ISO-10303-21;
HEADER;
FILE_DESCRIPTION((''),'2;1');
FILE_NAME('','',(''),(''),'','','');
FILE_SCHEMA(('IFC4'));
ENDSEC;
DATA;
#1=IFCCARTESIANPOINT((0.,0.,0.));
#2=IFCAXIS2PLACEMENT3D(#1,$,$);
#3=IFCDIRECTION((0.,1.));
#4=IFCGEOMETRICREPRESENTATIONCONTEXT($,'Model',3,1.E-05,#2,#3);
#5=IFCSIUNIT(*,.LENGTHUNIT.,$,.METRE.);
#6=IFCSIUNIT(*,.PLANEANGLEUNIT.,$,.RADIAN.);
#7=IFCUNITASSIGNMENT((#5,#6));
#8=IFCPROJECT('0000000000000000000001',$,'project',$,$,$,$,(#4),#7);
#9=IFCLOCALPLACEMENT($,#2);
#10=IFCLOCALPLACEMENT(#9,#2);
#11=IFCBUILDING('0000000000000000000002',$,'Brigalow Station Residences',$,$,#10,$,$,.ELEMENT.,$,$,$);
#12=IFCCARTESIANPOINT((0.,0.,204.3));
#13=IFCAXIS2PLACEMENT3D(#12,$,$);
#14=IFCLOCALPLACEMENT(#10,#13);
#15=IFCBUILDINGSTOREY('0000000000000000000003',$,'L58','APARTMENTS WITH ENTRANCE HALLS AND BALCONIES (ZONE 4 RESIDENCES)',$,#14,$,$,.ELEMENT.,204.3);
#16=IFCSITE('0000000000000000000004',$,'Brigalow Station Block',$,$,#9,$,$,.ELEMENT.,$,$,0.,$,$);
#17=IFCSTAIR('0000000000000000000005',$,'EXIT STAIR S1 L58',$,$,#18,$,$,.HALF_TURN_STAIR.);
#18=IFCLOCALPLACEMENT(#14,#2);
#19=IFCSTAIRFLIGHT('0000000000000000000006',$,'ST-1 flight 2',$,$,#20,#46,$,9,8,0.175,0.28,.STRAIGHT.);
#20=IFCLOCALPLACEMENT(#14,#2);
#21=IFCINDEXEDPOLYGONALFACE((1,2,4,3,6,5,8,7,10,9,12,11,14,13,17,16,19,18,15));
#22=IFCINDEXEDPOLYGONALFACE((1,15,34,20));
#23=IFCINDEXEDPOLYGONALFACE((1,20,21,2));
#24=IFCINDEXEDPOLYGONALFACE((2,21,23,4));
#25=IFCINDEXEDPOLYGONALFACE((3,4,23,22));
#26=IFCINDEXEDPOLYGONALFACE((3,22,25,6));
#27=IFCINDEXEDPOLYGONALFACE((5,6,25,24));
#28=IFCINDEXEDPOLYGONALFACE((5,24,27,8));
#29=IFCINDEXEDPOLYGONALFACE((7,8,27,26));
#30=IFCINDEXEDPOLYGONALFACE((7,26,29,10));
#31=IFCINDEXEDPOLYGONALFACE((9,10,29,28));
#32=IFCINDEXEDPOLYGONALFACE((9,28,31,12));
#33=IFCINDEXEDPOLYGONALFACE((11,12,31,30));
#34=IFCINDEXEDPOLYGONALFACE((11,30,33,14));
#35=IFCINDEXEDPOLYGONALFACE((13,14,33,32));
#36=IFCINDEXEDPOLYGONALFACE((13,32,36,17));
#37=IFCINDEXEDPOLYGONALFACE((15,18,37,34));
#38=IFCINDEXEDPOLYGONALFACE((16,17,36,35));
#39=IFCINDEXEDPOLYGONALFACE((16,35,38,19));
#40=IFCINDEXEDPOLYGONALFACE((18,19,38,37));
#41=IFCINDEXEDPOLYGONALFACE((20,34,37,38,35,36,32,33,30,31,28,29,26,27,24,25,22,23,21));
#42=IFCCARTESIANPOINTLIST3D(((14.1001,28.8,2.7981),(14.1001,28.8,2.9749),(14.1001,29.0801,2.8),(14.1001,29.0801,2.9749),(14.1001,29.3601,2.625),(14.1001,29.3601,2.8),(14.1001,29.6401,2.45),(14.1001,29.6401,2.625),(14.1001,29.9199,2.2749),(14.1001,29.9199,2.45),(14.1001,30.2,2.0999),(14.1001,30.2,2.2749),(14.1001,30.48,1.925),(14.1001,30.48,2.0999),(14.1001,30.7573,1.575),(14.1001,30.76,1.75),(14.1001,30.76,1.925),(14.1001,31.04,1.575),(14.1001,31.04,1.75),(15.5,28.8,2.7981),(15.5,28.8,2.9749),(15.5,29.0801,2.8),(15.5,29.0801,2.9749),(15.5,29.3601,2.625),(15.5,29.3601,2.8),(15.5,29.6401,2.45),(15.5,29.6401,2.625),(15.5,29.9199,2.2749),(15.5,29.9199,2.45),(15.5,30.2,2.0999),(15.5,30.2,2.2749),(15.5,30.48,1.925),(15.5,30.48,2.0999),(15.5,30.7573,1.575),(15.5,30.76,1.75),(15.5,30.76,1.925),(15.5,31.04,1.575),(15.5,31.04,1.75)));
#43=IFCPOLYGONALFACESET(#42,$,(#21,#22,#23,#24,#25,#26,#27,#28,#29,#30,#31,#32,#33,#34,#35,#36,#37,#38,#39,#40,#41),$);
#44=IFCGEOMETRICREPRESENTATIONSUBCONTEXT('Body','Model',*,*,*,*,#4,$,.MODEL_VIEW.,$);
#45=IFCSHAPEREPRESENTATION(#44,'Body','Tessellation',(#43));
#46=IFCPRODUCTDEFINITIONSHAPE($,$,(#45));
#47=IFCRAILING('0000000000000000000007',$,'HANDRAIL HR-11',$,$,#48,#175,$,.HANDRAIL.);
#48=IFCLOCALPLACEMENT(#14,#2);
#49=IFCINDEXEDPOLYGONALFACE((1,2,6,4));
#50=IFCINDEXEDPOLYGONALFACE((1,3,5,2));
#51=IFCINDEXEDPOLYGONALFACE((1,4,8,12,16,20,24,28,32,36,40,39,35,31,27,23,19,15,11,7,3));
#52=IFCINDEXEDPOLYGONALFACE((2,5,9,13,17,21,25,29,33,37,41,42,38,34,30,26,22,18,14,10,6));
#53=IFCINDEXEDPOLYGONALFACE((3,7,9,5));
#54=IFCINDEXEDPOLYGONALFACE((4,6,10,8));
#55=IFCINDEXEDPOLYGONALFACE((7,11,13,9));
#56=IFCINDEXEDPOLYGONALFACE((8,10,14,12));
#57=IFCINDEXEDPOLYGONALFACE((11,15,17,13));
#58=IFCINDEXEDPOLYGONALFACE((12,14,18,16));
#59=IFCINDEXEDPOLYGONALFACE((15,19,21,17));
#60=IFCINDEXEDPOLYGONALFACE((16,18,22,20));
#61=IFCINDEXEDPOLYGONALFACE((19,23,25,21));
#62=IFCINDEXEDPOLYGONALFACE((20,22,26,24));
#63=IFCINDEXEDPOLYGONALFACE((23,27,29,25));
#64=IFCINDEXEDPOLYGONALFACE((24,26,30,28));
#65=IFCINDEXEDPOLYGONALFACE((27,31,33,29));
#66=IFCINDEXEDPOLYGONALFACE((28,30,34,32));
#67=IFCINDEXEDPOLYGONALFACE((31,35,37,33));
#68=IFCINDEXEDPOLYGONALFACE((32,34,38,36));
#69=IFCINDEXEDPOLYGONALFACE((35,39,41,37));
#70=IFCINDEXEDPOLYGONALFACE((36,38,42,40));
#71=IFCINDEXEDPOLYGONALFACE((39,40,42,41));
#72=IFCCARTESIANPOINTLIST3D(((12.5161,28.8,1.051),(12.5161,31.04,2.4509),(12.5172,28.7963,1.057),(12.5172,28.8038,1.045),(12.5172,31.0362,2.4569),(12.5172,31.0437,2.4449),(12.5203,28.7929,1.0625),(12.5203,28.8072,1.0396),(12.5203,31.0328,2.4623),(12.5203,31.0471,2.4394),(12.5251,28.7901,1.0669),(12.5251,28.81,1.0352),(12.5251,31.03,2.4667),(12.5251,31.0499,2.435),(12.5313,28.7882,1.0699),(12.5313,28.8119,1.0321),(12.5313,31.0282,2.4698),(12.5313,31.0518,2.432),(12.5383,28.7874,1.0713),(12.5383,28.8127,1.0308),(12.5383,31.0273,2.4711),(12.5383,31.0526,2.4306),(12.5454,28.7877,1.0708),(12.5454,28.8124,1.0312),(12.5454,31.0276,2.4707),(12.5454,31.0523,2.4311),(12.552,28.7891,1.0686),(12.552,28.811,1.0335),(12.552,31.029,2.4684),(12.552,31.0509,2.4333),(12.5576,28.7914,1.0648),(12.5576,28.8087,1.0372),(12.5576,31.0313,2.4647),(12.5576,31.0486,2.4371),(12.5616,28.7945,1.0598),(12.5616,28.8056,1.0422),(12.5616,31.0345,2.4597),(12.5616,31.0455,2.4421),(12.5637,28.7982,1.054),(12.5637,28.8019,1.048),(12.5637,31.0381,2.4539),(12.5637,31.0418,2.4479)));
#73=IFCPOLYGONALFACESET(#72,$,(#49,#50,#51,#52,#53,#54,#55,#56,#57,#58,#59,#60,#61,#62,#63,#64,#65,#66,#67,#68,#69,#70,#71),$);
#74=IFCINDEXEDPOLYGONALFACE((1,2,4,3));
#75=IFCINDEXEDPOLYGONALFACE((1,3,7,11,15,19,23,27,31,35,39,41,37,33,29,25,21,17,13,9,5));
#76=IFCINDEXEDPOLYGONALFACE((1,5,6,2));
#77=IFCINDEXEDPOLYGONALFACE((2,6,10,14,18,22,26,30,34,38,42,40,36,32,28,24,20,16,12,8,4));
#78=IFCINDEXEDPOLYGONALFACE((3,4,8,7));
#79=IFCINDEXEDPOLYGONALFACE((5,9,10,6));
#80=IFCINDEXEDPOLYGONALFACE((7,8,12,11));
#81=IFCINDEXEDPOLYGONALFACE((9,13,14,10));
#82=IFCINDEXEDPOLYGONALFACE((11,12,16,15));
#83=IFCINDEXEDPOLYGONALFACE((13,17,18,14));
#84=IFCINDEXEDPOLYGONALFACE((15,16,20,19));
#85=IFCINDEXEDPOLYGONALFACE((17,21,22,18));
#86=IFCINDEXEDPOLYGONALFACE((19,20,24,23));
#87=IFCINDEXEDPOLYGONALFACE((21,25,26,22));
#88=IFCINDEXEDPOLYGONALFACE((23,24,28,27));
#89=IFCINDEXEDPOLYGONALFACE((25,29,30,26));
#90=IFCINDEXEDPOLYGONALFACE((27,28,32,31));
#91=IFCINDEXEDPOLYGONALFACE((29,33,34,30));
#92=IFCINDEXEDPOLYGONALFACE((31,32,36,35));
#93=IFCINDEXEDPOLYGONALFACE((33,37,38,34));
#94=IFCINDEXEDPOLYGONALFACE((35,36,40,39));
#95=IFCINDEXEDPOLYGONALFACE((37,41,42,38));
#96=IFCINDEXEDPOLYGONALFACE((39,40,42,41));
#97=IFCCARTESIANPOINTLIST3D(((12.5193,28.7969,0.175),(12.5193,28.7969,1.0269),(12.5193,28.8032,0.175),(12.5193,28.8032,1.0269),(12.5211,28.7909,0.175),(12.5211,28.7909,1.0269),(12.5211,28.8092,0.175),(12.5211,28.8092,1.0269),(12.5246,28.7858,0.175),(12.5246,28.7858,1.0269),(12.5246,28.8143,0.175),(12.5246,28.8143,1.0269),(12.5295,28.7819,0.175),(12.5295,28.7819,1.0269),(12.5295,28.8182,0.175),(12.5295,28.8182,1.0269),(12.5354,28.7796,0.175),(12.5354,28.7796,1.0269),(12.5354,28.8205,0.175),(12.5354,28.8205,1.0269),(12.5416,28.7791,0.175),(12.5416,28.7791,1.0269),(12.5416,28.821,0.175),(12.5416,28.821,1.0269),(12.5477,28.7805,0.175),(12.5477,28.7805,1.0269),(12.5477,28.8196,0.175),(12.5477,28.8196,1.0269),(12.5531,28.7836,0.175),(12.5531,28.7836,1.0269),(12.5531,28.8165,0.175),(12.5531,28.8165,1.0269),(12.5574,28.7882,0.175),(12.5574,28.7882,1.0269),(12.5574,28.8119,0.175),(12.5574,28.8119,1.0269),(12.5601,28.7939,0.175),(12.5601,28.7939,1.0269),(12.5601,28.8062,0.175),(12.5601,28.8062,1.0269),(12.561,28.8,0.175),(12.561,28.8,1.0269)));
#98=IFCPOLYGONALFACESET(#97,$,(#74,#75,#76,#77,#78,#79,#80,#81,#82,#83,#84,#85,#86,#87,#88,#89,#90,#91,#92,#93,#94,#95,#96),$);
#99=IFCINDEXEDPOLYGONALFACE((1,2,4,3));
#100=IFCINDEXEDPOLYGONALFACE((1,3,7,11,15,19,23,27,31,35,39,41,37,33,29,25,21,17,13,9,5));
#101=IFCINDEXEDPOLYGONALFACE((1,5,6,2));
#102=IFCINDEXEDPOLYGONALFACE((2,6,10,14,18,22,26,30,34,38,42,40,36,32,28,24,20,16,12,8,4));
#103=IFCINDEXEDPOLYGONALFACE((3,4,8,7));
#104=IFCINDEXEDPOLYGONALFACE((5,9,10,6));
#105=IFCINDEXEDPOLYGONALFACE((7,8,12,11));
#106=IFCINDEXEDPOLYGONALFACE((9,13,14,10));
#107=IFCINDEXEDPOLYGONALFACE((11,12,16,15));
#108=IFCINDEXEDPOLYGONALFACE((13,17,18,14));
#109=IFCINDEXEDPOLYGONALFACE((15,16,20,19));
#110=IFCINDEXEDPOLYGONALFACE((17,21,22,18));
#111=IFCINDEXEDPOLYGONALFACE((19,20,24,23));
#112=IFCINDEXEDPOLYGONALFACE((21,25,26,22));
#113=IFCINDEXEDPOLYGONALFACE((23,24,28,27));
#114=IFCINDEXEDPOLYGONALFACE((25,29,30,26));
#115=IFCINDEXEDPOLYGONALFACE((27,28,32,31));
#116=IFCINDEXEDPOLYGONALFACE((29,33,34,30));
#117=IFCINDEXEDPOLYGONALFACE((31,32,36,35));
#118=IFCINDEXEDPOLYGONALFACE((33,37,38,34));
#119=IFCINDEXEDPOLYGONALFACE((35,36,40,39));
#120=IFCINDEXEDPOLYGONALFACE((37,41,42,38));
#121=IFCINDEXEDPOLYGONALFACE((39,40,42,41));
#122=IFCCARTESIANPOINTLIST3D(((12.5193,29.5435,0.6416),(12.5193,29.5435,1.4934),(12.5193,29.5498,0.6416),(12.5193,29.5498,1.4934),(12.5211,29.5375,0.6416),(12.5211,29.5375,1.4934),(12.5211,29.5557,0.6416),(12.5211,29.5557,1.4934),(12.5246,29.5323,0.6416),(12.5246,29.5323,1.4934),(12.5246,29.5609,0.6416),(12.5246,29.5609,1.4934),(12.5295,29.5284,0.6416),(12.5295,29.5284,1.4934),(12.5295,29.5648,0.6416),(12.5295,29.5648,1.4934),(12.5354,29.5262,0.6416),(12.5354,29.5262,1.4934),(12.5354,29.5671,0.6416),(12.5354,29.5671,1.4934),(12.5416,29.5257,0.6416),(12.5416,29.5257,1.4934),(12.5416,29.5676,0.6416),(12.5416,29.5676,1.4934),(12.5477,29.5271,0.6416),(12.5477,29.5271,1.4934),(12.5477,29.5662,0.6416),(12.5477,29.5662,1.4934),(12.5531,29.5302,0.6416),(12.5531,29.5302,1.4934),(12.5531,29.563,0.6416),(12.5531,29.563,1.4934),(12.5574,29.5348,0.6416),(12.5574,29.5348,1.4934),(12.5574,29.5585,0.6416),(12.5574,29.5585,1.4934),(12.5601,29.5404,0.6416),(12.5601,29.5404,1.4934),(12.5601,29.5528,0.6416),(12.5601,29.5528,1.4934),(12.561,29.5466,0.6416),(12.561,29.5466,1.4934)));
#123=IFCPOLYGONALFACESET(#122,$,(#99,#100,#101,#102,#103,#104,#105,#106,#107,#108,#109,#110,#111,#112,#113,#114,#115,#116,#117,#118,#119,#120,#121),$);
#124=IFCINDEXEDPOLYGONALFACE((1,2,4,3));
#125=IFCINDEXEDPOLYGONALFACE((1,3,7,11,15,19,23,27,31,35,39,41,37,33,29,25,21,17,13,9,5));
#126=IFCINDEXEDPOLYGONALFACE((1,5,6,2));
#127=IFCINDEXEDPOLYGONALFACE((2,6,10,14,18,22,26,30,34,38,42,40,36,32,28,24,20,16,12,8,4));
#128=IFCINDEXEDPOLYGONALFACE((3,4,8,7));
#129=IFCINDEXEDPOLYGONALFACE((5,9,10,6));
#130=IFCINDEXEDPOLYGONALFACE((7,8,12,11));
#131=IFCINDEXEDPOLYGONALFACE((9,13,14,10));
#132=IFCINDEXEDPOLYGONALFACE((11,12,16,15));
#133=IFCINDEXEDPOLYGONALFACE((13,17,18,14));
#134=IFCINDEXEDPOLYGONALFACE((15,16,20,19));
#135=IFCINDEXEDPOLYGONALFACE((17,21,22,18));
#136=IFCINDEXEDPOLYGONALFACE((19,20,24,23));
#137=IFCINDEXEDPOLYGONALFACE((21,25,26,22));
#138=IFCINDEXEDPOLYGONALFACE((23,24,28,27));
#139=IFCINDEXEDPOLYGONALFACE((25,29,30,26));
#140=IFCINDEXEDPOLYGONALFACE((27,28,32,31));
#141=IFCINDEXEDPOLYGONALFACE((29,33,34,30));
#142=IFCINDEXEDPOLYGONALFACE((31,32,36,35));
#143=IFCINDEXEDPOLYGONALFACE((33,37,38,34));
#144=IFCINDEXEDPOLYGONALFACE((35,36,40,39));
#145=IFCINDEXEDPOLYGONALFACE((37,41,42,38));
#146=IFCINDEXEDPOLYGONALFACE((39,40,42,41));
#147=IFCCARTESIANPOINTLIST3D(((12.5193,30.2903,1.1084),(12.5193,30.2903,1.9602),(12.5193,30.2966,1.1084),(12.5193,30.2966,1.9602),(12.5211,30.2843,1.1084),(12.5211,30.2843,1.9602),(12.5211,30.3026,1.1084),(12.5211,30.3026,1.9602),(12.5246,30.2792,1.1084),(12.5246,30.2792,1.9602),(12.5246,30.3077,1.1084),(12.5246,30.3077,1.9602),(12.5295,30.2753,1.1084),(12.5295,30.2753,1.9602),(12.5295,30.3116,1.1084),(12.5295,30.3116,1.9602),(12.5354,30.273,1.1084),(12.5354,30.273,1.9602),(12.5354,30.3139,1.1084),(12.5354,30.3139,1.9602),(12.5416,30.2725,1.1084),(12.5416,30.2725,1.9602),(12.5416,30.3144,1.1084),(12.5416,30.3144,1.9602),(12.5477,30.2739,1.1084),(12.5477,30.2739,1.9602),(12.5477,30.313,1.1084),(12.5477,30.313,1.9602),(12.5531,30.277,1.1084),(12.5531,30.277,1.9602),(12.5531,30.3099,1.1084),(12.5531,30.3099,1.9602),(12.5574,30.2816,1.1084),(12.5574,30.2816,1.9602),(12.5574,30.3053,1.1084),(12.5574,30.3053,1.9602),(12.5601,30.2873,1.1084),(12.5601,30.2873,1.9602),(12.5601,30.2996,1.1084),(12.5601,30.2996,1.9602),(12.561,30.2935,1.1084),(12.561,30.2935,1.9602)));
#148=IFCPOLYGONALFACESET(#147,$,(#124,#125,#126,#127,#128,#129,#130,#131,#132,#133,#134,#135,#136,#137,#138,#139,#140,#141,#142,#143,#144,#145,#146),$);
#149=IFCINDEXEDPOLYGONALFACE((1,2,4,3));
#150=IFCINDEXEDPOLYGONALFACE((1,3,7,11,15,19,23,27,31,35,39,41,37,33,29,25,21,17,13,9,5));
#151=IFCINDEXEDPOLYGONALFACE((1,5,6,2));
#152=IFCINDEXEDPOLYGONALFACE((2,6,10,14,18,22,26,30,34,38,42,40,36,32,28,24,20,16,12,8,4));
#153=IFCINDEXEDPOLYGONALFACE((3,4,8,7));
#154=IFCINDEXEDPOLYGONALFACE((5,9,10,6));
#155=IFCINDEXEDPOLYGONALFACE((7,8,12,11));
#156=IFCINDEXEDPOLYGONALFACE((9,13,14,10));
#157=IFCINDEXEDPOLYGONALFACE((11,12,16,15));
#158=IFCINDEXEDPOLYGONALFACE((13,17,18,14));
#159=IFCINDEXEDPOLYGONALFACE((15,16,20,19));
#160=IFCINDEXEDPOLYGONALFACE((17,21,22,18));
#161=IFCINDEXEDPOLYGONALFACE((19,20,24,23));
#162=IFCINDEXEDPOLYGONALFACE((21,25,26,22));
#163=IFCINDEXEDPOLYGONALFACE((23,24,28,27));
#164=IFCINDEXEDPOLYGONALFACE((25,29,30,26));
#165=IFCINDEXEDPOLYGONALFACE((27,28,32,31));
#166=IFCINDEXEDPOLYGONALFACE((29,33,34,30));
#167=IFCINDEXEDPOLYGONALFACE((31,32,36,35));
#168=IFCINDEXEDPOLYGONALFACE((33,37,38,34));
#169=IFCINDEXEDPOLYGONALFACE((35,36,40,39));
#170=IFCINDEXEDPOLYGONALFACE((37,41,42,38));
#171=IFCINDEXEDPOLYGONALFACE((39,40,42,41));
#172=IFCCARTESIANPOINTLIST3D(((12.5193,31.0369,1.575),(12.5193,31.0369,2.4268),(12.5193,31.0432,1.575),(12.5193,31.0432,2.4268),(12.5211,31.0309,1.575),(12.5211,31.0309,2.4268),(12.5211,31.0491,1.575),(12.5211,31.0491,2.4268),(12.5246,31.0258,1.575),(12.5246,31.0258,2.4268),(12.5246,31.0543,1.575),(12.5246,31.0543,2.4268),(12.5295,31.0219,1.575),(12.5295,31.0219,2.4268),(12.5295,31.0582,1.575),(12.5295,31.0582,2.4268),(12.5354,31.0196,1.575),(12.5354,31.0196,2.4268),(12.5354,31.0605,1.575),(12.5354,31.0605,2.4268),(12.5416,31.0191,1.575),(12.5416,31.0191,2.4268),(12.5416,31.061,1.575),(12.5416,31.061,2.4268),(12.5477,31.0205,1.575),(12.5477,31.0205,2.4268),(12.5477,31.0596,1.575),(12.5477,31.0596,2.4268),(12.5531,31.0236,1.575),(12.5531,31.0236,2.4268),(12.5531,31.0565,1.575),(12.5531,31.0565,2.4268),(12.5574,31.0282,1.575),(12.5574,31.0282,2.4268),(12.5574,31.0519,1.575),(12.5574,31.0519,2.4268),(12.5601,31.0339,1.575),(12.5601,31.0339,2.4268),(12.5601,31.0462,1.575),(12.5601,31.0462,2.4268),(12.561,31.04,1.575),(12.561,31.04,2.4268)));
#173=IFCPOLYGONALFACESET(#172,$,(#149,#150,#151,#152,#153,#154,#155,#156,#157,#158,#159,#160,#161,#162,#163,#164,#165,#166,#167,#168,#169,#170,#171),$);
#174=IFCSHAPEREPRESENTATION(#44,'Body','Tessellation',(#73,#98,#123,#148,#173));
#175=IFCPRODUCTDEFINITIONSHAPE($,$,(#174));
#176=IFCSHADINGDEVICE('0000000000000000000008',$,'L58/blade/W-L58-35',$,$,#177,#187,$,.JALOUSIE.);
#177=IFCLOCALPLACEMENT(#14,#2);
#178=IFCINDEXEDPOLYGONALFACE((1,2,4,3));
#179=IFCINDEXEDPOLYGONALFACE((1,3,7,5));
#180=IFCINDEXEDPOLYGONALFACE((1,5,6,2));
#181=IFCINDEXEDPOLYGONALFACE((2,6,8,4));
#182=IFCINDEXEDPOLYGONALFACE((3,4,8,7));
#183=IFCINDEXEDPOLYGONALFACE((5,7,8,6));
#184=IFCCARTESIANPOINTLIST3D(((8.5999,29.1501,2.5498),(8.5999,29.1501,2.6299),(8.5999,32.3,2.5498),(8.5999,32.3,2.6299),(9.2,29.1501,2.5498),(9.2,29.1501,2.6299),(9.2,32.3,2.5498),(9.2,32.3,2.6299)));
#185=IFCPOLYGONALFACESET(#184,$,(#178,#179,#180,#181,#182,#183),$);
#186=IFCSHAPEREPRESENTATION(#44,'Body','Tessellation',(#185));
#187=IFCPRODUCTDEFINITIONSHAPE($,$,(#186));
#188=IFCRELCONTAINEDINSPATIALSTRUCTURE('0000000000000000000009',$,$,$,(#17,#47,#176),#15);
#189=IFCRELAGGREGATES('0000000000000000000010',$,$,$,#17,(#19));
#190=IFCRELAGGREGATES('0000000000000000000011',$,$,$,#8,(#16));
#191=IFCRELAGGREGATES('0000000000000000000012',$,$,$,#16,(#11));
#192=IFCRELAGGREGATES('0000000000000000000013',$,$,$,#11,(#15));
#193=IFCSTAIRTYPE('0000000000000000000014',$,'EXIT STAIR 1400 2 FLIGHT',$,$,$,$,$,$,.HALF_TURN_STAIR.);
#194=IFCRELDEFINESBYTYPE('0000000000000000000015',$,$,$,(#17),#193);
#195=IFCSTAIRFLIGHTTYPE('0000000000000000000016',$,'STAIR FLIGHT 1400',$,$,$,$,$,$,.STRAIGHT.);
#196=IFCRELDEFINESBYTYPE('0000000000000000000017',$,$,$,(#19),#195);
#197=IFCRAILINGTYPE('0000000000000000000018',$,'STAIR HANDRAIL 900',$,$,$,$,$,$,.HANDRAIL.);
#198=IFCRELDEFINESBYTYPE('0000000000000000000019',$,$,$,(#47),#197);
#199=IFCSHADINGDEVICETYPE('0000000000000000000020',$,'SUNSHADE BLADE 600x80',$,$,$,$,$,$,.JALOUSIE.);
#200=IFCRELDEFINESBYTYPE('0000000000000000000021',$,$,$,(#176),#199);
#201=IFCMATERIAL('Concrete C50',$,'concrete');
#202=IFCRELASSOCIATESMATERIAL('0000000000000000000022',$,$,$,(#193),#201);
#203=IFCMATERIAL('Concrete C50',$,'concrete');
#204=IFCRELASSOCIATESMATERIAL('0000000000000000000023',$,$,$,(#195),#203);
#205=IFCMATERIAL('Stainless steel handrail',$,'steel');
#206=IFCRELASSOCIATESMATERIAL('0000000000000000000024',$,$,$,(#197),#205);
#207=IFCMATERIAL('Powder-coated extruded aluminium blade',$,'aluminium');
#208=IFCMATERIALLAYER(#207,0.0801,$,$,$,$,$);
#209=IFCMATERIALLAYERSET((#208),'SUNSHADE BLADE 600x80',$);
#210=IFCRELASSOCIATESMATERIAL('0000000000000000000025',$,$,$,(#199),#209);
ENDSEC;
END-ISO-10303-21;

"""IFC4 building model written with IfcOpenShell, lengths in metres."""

from ifc_helpers import new_model, si_unit, direction, frame, origin, origin_2d, place, context, subcontext, project, spatial, polyline, rectangle, circle, outline, extrude, material, layer, layer_set, type_object, element, aggregate, save


model = new_model("IFC4")

# Units and contexts
model_context = context("Model", 3, precision=1e-05, world=origin(), true_north=direction((0.0, 1.0)))
body_context = subcontext(model_context, "Body", "Model", "MODEL_VIEW")
ifc_project = project(units=[si_unit("LENGTHUNIT", "METRE"), si_unit("PLANEANGLEUNIT", "RADIAN")], contexts=[model_context])

# Site, building, storey
site_placement = place(None, origin())
site = spatial("IfcSite", under=ifc_project, at=site_placement, Name="Brigalow Station Block", CompositionType="ELEMENT", RefElevation=0.0)
building_placement = place(site_placement, origin())
building = spatial("IfcBuilding", under=site, at=building_placement, Name="Brigalow Station Residences", CompositionType="ELEMENT")
storey_placement = place(building_placement, frame((0.0, 0.0, 204.3)))
storey = spatial("IfcBuildingStorey", under=building, at=storey_placement, Name="L58", Description="APARTMENTS WITH ENTRANCE HALLS AND BALCONIES (ZONE 4 RESIDENCES)", CompositionType="ELEMENT", Elevation=204.3)

# Stair, stair flight
ifc_material_1 = material(Name="Concrete C50", Category="concrete")
stair_type = type_object("IfcStairType", Name="EXIT STAIR 1400 2 FLIGHT", PredefinedType="HALF_TURN_STAIR", material=ifc_material_1)
stair_placement = place(storey_placement, origin())
stair = element("IfcStair", 1, at=stair_placement, inside=storey, type_object=stair_type, Name="EXIT STAIR S1 L58", PredefinedType="HALF_TURN_STAIR")
ifc_material_2 = material(Name="Concrete C50", Category="concrete")
stair_flight_type = type_object("IfcStairFlightType", Name="STAIR FLIGHT 1400", PredefinedType="STRAIGHT", material=ifc_material_2)
stair_flight_1_placement = place(storey_placement, frame((14.8, 31.04, 1.575), z_axis=(0.0, 0.0, 1.0), x_axis=(0.0, -1.0, 0.0)))
stair_flight_1 = element("IfcStairFlight", 2, at=stair_flight_1_placement, type_object=stair_flight_type, Name="ST-1 flight 2", NumberOfRisers=9, NumberOfTreads=8, PredefinedType="STRAIGHT", RiserHeight=0.175, TreadLength=0.28, context=body_context, shape_type="SweptSolid", body=[
    extrude(outline(polyline([(0.0, 0.0), (0.0, 0.175), (0.28, 0.175), (0.28, 0.3501), (0.5601, 0.3501), (0.5601, 0.5249), (0.8401, 0.5249), (0.8401, 0.7), (1.1201, 0.7), (1.1201, 0.875), (1.3999, 0.875), (1.3999, 1.05), (1.6799, 1.05), (1.6799, 1.2251), (1.96, 1.2251), (1.96, 1.3999), (2.24, 1.3999), (2.24, 1.575), (2.24, 1.2231), (0.2827, 0.0), (0.0, 0.0)])), frame((0.0, 0.7, 0.0), z_axis=(0.0, -1.0, 0.0), x_axis=(1.0, 0.0, 0.0)), (0.0, 0.0, 1.0), 1.3999),
])
aggregate(stair, [stair_flight_1])

# Railing
ifc_material_3 = material(Name="Stainless steel handrail", Category="steel")
railing_type_1 = type_object("IfcRailingType", Name="STAIR HANDRAIL 900", PredefinedType="HANDRAIL", material=ifc_material_3)
railing_1_placement = place(storey_placement, frame((12.54, 28.8, 0.175)))
element("IfcRailing", 3, at=railing_1_placement, inside=storey, type_object=railing_type_1, Name="HANDRAIL HR-11", PredefinedType="HANDRAIL", context=body_context, shape_type="SweptSolid", body=[
    extrude(circle(Radius=0.0239, at=origin_2d()), frame((0.0, 0.0, 0.876), z_axis=(0.0, 0.848014, 0.529974), x_axis=(-1.0, 0.0, 0.0)), (0.0, 0.0, 1.0), 2.6414),
    extrude(circle(Radius=0.021, at=origin_2d()), origin(), (0.0, 0.0, 1.0), 0.8518),
    extrude(circle(Radius=0.021, at=origin_2d()), frame((0.0, 0.7466, 0.4666)), (0.0, 0.0, 1.0), 0.8518),
    extrude(circle(Radius=0.021, at=origin_2d()), frame((0.0, 1.4934, 0.9333)), (0.0, 0.0, 1.0), 0.8518),
    extrude(circle(Radius=0.021, at=origin_2d()), frame((0.0, 2.24, 1.3999)), (0.0, 0.0, 1.0), 0.8518),
])

# Shading device
ifc_material_4 = material(Name="Powder-coated extruded aluminium blade", Category="aluminium")
ifc_layer_1 = layer(ifc_material_4, 0.0801)
ifc_layer_set_1 = layer_set([ifc_layer_1], Name="SUNSHADE BLADE 600x80")
shading_device_type = type_object("IfcShadingDeviceType", Name="SUNSHADE BLADE 600x80", PredefinedType="JALOUSIE", material=ifc_layer_set_1)
shading_device_placement = place(storey_placement, frame((8.8999, 30.7251, 2.5498), z_axis=(0.0, 0.0, 1.0), x_axis=(0.0, -1.0, 0.0)))
element("IfcShadingDevice", 4, at=shading_device_placement, inside=storey, type_object=shading_device_type, Name="L58/blade/W-L58-35", PredefinedType="JALOUSIE", context=body_context, shape_type="SweptSolid", body=[
    extrude(rectangle(XDim=3.1499, YDim=0.6001, at=origin_2d()), origin(), (0.0, 0.0, 1.0), 0.0801),
])

save(model, "model.ifc")
